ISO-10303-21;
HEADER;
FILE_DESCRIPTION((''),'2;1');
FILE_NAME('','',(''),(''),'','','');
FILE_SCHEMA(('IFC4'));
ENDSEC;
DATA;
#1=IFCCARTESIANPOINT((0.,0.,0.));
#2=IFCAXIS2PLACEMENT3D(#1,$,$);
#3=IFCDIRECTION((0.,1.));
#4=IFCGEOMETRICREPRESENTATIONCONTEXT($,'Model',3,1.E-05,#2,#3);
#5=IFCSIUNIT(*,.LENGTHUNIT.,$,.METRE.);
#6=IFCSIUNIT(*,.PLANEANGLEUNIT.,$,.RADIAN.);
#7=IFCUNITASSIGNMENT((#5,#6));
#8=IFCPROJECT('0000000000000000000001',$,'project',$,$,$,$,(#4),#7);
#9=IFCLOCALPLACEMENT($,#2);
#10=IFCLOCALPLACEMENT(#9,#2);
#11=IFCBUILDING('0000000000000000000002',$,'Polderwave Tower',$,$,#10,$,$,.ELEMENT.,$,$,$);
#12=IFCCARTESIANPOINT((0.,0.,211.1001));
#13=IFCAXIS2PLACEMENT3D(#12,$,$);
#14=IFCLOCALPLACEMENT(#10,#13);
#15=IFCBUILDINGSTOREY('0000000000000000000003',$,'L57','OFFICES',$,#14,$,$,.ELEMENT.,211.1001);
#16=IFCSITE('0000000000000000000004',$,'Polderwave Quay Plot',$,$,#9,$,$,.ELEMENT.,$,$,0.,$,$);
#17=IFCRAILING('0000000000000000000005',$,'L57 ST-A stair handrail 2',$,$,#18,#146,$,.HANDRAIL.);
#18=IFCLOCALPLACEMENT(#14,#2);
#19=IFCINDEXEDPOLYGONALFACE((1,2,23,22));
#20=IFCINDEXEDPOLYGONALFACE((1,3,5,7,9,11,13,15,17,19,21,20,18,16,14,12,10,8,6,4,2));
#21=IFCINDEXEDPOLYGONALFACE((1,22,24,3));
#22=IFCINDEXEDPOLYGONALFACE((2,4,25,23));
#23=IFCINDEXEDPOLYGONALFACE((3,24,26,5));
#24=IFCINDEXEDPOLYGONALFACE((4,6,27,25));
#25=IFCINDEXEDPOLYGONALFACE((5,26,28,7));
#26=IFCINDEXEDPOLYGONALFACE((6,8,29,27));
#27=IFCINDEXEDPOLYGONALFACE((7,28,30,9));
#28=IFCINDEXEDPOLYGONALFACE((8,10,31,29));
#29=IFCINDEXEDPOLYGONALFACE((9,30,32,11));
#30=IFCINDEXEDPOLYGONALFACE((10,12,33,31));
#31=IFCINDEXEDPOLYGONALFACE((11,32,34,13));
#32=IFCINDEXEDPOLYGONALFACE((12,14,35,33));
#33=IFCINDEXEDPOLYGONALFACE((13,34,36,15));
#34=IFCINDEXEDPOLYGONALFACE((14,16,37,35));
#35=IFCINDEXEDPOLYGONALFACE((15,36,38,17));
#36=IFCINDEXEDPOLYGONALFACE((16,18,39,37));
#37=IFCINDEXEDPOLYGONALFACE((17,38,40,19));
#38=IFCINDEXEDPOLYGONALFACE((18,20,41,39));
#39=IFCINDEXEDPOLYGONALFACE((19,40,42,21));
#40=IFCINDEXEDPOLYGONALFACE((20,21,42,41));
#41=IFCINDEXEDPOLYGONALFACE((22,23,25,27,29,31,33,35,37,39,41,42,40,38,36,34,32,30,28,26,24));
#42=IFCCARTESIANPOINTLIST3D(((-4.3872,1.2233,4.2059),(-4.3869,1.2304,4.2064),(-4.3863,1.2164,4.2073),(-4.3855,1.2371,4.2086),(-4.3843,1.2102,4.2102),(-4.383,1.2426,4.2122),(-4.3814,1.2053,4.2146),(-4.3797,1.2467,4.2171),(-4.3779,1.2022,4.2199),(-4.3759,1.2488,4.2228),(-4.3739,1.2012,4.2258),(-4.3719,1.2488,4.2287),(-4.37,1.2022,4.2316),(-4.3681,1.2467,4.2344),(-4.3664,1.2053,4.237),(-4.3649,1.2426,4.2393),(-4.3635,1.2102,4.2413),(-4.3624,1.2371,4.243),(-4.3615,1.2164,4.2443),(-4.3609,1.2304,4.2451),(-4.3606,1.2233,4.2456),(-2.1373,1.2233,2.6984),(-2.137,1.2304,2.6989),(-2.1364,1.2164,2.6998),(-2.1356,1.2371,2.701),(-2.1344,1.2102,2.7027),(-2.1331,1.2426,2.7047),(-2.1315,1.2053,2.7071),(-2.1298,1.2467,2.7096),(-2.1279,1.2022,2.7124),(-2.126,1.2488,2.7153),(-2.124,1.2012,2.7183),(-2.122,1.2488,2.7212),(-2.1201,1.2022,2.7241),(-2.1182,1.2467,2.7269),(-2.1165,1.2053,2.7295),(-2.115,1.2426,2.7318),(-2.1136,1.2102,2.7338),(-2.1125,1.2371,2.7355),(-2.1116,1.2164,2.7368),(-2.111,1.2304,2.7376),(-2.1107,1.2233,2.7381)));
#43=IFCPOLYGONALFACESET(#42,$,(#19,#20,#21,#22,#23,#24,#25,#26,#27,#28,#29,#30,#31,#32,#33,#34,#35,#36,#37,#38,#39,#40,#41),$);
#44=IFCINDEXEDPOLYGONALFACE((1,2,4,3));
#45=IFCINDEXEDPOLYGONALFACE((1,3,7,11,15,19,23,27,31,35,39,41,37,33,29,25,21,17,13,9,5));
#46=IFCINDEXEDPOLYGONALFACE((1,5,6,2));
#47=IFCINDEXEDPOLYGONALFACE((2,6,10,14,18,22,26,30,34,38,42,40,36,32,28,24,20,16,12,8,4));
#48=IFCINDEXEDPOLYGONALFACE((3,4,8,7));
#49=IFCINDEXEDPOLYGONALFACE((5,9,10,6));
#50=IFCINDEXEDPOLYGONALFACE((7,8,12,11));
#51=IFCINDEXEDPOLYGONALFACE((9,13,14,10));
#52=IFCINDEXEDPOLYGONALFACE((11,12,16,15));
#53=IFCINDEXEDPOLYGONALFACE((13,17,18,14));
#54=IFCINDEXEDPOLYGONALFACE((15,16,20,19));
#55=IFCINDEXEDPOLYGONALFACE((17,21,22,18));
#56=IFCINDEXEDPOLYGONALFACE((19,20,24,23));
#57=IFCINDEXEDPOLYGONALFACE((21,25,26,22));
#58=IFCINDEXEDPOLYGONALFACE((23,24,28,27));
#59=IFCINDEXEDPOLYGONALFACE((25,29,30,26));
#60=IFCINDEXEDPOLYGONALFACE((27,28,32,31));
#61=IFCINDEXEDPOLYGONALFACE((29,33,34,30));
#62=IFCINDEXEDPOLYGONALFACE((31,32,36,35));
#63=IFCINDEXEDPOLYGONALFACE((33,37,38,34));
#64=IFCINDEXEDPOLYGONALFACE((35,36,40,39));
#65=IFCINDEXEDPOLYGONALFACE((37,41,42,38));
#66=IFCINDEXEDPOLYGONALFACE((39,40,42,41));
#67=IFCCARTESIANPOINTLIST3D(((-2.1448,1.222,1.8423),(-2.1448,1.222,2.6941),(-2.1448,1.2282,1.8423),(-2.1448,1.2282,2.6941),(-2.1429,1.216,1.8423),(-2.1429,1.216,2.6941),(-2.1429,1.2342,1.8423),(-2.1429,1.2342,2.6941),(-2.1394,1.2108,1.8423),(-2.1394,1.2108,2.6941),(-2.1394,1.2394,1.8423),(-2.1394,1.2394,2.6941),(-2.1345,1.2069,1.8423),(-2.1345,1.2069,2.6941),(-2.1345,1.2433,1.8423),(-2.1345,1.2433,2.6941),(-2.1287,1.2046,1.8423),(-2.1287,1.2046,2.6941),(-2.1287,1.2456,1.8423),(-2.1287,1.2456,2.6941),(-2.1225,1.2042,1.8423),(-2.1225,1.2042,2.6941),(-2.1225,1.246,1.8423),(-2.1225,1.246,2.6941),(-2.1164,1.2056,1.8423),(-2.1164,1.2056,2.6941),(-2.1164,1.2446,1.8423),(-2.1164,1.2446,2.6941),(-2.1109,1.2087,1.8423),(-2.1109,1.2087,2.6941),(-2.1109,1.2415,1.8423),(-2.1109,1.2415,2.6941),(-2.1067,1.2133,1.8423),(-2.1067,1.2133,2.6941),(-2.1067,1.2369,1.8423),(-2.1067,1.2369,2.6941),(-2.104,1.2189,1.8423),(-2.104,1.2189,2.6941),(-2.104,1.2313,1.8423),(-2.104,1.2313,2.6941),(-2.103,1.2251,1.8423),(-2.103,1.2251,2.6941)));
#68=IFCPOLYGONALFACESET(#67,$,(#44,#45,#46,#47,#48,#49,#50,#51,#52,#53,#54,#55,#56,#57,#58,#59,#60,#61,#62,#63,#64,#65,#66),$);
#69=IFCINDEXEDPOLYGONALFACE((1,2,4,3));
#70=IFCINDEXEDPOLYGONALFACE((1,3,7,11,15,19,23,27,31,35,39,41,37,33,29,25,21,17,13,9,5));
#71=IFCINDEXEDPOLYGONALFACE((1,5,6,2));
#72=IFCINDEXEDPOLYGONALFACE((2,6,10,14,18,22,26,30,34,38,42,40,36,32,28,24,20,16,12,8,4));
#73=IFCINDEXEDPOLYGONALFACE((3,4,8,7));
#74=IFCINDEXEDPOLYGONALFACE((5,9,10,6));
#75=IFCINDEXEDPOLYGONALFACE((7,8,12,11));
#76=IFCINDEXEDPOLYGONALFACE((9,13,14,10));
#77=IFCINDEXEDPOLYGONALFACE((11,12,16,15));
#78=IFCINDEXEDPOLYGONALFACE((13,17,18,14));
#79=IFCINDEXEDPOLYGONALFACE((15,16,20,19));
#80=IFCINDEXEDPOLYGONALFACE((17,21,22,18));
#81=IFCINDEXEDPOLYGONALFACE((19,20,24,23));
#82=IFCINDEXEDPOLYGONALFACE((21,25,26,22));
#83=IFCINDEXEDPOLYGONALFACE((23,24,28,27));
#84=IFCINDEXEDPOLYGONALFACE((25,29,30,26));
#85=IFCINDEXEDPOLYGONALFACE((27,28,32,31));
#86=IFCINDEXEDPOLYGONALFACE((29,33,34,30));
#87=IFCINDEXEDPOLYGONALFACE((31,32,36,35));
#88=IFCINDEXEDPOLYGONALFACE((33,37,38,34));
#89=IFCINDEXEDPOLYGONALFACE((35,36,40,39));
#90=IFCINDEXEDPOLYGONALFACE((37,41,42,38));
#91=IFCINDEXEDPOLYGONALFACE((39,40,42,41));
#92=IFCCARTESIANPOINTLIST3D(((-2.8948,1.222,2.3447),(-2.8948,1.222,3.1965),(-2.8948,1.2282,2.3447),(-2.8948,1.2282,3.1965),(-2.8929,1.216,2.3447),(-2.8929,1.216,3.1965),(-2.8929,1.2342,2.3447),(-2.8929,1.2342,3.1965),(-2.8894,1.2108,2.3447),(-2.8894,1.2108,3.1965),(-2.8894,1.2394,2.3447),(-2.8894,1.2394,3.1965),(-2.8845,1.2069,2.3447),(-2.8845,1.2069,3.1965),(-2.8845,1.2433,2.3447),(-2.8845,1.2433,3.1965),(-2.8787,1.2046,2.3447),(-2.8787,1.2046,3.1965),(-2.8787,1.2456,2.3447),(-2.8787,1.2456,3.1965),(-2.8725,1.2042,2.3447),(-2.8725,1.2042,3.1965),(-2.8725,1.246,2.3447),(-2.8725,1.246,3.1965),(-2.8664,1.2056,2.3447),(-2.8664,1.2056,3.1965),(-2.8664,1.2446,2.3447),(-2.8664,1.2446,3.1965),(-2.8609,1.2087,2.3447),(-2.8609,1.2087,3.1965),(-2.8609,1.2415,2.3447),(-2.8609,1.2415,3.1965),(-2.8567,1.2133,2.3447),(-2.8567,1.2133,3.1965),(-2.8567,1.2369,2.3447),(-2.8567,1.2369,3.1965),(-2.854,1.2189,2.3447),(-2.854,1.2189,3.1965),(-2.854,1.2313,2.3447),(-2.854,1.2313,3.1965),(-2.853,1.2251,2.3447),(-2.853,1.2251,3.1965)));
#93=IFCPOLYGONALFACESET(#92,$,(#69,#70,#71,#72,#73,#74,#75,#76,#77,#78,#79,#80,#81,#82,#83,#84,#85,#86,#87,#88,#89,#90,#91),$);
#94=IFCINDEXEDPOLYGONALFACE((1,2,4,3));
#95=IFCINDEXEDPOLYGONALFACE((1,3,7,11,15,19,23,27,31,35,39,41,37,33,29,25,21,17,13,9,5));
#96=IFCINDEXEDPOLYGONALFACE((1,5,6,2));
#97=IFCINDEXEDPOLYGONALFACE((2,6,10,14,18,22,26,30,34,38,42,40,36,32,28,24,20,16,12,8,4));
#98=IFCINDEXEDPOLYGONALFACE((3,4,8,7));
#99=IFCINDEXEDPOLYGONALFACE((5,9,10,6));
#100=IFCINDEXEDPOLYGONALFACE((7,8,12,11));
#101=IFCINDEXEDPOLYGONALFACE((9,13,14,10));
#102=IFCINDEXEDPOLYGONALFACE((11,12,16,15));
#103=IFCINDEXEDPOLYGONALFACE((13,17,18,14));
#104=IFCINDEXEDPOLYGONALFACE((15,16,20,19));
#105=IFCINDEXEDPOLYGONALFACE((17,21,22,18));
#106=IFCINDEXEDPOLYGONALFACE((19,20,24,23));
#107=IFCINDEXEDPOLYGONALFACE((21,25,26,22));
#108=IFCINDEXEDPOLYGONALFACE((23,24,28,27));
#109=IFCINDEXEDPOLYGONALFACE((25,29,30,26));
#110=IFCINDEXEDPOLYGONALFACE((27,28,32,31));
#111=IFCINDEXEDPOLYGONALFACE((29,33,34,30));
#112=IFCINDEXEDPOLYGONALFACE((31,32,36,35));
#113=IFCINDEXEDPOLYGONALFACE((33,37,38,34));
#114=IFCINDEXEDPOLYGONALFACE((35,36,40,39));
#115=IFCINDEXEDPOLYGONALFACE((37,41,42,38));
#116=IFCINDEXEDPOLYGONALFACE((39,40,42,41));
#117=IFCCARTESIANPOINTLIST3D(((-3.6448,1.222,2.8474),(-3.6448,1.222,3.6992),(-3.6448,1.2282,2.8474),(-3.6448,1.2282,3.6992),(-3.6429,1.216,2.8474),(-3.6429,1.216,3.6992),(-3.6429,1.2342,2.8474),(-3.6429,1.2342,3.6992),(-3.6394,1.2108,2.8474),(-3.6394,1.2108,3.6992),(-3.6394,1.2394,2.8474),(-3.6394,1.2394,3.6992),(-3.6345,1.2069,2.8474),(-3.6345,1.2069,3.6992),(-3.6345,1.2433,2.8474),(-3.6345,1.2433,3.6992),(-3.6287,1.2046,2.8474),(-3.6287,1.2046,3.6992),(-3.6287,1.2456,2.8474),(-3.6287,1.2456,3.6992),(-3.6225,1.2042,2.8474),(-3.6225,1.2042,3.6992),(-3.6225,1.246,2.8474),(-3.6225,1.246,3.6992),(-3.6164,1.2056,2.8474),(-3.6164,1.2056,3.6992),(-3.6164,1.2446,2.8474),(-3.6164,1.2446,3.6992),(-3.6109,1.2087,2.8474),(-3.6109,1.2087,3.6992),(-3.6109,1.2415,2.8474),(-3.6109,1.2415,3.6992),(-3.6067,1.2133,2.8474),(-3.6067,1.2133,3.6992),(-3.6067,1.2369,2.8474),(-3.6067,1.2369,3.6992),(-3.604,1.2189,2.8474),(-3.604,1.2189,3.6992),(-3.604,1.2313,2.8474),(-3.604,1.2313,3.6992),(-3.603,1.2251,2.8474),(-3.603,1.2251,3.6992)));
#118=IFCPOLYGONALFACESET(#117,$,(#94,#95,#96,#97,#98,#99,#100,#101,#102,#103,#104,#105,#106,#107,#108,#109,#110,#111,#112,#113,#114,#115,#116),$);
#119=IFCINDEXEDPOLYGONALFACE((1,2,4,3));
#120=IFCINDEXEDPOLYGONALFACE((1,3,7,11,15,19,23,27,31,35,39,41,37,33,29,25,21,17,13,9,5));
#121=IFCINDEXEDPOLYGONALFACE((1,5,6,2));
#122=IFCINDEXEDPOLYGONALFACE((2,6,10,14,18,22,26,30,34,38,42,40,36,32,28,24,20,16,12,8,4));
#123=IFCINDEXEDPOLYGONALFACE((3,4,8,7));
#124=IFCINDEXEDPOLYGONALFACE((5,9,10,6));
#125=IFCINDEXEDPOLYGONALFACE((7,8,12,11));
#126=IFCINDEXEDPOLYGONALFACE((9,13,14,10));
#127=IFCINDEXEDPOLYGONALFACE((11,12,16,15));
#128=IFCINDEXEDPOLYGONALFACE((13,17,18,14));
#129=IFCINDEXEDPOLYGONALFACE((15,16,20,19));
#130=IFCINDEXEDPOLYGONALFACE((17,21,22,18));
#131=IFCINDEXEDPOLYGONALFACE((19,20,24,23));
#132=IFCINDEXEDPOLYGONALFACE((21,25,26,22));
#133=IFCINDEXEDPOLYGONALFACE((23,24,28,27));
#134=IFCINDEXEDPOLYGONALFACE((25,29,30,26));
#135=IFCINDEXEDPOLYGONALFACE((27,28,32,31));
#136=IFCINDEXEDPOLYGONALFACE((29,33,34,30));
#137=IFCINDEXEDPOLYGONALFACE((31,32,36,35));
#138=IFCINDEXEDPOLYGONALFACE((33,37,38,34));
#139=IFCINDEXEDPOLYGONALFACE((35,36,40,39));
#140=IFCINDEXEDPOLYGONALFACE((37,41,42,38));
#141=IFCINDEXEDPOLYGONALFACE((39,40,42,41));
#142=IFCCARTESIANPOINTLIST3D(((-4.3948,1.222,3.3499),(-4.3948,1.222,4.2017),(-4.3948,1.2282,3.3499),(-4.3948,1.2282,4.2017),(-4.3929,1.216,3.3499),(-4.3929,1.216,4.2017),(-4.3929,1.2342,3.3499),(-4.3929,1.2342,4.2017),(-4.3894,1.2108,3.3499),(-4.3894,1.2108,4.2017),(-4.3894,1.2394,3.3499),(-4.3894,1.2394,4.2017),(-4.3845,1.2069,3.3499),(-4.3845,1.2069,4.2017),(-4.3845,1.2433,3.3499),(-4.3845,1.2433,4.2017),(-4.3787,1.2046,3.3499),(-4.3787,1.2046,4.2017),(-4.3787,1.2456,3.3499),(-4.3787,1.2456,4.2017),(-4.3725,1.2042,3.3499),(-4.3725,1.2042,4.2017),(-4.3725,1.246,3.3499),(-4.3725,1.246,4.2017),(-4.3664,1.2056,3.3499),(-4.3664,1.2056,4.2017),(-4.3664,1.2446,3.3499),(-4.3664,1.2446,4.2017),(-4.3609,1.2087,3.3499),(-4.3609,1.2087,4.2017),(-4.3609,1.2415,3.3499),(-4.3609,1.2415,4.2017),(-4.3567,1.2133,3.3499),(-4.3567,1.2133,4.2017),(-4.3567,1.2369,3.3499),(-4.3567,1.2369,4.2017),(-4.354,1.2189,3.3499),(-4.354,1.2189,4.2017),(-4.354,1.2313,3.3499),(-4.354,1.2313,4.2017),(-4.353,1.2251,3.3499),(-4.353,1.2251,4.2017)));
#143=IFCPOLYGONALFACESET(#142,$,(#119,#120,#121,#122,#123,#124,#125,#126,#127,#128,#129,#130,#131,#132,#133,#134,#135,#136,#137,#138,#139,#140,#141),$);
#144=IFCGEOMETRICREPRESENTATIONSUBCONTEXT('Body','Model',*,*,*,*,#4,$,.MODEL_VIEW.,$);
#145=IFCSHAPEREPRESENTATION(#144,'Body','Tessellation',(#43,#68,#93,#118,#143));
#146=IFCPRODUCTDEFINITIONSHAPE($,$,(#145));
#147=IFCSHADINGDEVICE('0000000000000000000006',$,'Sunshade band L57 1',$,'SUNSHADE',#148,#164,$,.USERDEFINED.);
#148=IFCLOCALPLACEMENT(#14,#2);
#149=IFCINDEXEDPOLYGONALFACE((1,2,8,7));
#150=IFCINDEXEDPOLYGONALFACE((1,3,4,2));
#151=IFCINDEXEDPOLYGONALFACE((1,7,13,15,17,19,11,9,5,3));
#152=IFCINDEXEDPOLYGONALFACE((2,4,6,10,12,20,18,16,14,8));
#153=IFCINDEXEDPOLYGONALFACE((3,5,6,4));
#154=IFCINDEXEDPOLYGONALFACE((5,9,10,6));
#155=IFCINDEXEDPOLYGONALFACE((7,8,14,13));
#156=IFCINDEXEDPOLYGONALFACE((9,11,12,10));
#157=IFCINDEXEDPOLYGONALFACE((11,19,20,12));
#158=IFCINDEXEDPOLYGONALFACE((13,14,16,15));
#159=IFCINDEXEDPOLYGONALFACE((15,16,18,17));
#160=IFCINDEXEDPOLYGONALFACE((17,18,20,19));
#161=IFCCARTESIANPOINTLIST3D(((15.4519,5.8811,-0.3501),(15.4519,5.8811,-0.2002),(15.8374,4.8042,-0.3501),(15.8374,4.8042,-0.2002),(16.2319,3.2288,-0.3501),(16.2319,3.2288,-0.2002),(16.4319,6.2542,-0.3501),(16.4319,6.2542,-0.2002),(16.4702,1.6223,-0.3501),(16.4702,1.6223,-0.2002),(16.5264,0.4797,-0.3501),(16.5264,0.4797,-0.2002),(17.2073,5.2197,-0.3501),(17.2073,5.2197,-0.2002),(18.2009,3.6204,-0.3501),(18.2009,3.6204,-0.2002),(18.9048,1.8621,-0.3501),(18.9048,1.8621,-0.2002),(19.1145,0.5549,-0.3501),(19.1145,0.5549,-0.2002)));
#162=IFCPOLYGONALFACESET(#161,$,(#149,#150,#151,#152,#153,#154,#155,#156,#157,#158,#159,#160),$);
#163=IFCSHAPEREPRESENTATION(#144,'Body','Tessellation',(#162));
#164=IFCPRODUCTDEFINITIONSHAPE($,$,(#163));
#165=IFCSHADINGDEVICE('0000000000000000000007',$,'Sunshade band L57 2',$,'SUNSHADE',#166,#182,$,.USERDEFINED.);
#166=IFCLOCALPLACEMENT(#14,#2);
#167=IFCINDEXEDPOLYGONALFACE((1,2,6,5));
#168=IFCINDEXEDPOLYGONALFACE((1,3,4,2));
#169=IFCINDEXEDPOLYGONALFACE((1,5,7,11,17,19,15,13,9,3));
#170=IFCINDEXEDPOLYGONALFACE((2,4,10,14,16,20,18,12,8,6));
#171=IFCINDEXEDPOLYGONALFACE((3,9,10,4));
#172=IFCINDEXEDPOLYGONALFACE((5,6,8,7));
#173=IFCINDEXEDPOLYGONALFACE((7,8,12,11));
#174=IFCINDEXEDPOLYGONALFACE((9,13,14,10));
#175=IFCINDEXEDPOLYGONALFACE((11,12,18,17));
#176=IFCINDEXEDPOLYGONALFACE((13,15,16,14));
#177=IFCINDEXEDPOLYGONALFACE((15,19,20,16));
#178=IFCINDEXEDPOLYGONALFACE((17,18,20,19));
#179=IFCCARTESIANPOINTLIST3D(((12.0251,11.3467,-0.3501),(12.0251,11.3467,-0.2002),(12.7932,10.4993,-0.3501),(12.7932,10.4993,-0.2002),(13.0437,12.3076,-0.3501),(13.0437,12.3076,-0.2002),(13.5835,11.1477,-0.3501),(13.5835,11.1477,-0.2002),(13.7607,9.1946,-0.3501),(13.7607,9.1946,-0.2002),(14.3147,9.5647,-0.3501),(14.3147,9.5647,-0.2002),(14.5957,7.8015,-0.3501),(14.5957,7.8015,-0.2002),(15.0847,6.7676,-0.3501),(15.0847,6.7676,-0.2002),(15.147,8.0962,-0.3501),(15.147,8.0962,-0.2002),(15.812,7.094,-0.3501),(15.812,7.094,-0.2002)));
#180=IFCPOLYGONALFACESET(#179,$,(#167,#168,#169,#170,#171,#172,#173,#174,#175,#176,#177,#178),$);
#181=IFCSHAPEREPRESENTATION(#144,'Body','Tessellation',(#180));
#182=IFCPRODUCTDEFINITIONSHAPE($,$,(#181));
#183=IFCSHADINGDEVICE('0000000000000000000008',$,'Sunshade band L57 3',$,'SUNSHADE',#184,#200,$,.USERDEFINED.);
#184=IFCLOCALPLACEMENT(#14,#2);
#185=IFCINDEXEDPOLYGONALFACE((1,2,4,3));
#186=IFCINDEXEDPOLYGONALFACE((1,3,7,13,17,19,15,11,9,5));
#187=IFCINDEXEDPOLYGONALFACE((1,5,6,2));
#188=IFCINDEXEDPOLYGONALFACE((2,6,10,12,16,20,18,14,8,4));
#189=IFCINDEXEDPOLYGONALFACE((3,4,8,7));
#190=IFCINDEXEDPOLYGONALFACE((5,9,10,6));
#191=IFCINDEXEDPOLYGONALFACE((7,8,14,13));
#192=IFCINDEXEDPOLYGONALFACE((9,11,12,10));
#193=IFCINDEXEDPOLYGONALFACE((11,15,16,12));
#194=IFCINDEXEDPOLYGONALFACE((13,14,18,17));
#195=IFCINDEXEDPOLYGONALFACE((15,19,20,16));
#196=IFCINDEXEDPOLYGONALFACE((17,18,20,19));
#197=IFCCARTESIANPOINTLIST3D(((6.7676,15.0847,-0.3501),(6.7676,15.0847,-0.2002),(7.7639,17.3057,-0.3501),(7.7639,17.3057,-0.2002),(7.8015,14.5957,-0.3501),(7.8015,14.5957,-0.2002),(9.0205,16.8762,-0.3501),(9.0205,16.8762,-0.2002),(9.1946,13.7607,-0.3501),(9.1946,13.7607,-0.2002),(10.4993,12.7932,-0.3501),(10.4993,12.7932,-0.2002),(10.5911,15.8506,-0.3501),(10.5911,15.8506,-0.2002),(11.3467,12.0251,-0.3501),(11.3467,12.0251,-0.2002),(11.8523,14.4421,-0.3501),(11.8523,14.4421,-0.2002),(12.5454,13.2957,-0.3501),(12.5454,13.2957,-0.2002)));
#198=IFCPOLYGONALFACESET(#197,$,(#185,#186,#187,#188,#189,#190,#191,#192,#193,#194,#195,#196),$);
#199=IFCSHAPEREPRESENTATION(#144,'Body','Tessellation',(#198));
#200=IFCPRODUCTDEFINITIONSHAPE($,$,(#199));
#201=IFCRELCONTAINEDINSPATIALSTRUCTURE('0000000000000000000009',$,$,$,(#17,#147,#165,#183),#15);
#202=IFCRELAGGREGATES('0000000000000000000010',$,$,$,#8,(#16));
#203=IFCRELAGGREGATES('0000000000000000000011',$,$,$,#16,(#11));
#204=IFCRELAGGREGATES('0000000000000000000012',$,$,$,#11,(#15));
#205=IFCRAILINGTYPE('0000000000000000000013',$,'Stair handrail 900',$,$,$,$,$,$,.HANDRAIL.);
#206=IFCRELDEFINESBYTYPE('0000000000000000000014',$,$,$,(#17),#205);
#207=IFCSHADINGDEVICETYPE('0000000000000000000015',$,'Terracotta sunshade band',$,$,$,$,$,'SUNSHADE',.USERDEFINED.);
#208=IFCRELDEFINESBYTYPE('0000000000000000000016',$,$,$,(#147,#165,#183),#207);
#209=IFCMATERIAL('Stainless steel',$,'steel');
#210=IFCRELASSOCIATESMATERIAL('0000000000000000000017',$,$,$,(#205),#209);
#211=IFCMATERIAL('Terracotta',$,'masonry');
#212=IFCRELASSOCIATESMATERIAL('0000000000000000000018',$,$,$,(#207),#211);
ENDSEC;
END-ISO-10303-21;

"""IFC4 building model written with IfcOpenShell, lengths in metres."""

from ifc_helpers import new_model, si_unit, direction, frame, origin, origin_2d, place, context, subcontext, project, spatial, polyline, circle, outline, extrude, material, type_object, element, save


model = new_model("IFC4")

# Units and contexts
model_context = context("Model", 3, precision=1e-05, world=origin(), true_north=direction((0.0, 1.0)))
body_context = subcontext(model_context, "Body", "Model", "MODEL_VIEW")
ifc_project = project(units=[si_unit("LENGTHUNIT", "METRE"), si_unit("PLANEANGLEUNIT", "RADIAN")], contexts=[model_context])

# Site, building, storey
site_placement = place(None, origin())
site = spatial("IfcSite", under=ifc_project, at=site_placement, Name="Polderwave Quay Plot", CompositionType="ELEMENT", RefElevation=0.0)
building_placement = place(site_placement, origin())
building = spatial("IfcBuilding", under=site, at=building_placement, Name="Polderwave Tower", CompositionType="ELEMENT")
storey_placement = place(building_placement, frame((0.0, 0.0, 211.1001)))
storey = spatial("IfcBuildingStorey", under=building, at=storey_placement, Name="L57", Description="OFFICES", CompositionType="ELEMENT", Elevation=211.1001)

# Shared definitions
ifc_material_1 = material(Name="Stainless steel", Category="steel")

# Railing
railing_type_1 = type_object("IfcRailingType", Name="Stair handrail 900", PredefinedType="HANDRAIL", material=ifc_material_1)
railing_1_placement = place(storey_placement, frame((-2.124, 1.2251, 1.8423)))
element("IfcRailing", 1, at=railing_1_placement, inside=storey, type_object=railing_type_1, Name="L57 ST-A stair handrail 2", PredefinedType="HANDRAIL", context=body_context, shape_type="SweptSolid", body=[
    extrude(circle(Radius=0.0239, at=origin_2d()), frame((0.0, 0.0, 0.876), z_axis=(-0.830758, 0.0, 0.556633), x_axis=(0.0, -1.0, 0.0)), (0.0, 0.0, 1.0), 2.7083),
    extrude(circle(Radius=0.021, at=origin_2d()), origin(), (0.0, 0.0, 1.0), 0.8518),
    extrude(circle(Radius=0.021, at=origin_2d()), frame((-0.75, 0.0, 0.5024)), (0.0, 0.0, 1.0), 0.8518),
    extrude(circle(Radius=0.021, at=origin_2d()), frame((-1.5, 0.0, 1.0051)), (0.0, 0.0, 1.0), 0.8518),
    extrude(circle(Radius=0.021, at=origin_2d()), frame((-2.25, 0.0, 1.5076)), (0.0, 0.0, 1.0), 0.8518),
])

# Shading devices
ifc_material_2 = material(Name="Terracotta", Category="masonry")
shading_device_type = type_object("IfcShadingDeviceType", Name="Terracotta sunshade band", ElementType="SUNSHADE", PredefinedType="USERDEFINED", material=ifc_material_2)
shading_device_1_placement = place(storey_placement, frame((0.0, 0.0, -0.3501)))
element("IfcShadingDevice", 2, at=shading_device_1_placement, inside=storey, type_object=shading_device_type, Name="Sunshade band L57 1", ObjectType="SUNSHADE", PredefinedType="USERDEFINED", context=body_context, shape_type="SweptSolid", body=[
    extrude(outline(polyline([(16.5264, 0.4797), (16.4702, 1.6223), (16.2319, 3.2288), (15.8374, 4.8042), (15.4519, 5.8811), (16.4319, 6.2542), (17.2073, 5.2197), (18.2009, 3.6204), (18.9048, 1.8621), (19.1145, 0.5549), (16.5264, 0.4797)])), origin(), (0.0, 0.0, 1.0), 0.1499),
])
shading_device_2_placement = place(storey_placement, frame((0.0, 0.0, -0.3501)))
element("IfcShadingDevice", 3, at=shading_device_2_placement, inside=storey, type_object=shading_device_type, Name="Sunshade band L57 2", ObjectType="SUNSHADE", PredefinedType="USERDEFINED", context=body_context, shape_type="SweptSolid", body=[
    extrude(outline(polyline([(15.0847, 6.7676), (14.5957, 7.8015), (13.7607, 9.1946), (12.7932, 10.4993), (12.0251, 11.3467), (13.0437, 12.3076), (13.5835, 11.1477), (14.3147, 9.5647), (15.147, 8.0962), (15.812, 7.094), (15.0847, 6.7676)])), origin(), (0.0, 0.0, 1.0), 0.1499),
])
shading_device_3_placement = place(storey_placement, frame((0.0, 0.0, -0.3501)))
element("IfcShadingDevice", 4, at=shading_device_3_placement, inside=storey, type_object=shading_device_type, Name="Sunshade band L57 3", ObjectType="SUNSHADE", PredefinedType="USERDEFINED", context=body_context, shape_type="SweptSolid", body=[
    extrude(outline(polyline([(11.3467, 12.0251), (10.4993, 12.7932), (9.1946, 13.7607), (7.8015, 14.5957), (6.7676, 15.0847), (7.7639, 17.3057), (9.0205, 16.8762), (10.5911, 15.8506), (11.8523, 14.4421), (12.5454, 13.2957), (11.3467, 12.0251)])), origin(), (0.0, 0.0, 1.0), 0.1499),
])

save(model, "model.ifc")
